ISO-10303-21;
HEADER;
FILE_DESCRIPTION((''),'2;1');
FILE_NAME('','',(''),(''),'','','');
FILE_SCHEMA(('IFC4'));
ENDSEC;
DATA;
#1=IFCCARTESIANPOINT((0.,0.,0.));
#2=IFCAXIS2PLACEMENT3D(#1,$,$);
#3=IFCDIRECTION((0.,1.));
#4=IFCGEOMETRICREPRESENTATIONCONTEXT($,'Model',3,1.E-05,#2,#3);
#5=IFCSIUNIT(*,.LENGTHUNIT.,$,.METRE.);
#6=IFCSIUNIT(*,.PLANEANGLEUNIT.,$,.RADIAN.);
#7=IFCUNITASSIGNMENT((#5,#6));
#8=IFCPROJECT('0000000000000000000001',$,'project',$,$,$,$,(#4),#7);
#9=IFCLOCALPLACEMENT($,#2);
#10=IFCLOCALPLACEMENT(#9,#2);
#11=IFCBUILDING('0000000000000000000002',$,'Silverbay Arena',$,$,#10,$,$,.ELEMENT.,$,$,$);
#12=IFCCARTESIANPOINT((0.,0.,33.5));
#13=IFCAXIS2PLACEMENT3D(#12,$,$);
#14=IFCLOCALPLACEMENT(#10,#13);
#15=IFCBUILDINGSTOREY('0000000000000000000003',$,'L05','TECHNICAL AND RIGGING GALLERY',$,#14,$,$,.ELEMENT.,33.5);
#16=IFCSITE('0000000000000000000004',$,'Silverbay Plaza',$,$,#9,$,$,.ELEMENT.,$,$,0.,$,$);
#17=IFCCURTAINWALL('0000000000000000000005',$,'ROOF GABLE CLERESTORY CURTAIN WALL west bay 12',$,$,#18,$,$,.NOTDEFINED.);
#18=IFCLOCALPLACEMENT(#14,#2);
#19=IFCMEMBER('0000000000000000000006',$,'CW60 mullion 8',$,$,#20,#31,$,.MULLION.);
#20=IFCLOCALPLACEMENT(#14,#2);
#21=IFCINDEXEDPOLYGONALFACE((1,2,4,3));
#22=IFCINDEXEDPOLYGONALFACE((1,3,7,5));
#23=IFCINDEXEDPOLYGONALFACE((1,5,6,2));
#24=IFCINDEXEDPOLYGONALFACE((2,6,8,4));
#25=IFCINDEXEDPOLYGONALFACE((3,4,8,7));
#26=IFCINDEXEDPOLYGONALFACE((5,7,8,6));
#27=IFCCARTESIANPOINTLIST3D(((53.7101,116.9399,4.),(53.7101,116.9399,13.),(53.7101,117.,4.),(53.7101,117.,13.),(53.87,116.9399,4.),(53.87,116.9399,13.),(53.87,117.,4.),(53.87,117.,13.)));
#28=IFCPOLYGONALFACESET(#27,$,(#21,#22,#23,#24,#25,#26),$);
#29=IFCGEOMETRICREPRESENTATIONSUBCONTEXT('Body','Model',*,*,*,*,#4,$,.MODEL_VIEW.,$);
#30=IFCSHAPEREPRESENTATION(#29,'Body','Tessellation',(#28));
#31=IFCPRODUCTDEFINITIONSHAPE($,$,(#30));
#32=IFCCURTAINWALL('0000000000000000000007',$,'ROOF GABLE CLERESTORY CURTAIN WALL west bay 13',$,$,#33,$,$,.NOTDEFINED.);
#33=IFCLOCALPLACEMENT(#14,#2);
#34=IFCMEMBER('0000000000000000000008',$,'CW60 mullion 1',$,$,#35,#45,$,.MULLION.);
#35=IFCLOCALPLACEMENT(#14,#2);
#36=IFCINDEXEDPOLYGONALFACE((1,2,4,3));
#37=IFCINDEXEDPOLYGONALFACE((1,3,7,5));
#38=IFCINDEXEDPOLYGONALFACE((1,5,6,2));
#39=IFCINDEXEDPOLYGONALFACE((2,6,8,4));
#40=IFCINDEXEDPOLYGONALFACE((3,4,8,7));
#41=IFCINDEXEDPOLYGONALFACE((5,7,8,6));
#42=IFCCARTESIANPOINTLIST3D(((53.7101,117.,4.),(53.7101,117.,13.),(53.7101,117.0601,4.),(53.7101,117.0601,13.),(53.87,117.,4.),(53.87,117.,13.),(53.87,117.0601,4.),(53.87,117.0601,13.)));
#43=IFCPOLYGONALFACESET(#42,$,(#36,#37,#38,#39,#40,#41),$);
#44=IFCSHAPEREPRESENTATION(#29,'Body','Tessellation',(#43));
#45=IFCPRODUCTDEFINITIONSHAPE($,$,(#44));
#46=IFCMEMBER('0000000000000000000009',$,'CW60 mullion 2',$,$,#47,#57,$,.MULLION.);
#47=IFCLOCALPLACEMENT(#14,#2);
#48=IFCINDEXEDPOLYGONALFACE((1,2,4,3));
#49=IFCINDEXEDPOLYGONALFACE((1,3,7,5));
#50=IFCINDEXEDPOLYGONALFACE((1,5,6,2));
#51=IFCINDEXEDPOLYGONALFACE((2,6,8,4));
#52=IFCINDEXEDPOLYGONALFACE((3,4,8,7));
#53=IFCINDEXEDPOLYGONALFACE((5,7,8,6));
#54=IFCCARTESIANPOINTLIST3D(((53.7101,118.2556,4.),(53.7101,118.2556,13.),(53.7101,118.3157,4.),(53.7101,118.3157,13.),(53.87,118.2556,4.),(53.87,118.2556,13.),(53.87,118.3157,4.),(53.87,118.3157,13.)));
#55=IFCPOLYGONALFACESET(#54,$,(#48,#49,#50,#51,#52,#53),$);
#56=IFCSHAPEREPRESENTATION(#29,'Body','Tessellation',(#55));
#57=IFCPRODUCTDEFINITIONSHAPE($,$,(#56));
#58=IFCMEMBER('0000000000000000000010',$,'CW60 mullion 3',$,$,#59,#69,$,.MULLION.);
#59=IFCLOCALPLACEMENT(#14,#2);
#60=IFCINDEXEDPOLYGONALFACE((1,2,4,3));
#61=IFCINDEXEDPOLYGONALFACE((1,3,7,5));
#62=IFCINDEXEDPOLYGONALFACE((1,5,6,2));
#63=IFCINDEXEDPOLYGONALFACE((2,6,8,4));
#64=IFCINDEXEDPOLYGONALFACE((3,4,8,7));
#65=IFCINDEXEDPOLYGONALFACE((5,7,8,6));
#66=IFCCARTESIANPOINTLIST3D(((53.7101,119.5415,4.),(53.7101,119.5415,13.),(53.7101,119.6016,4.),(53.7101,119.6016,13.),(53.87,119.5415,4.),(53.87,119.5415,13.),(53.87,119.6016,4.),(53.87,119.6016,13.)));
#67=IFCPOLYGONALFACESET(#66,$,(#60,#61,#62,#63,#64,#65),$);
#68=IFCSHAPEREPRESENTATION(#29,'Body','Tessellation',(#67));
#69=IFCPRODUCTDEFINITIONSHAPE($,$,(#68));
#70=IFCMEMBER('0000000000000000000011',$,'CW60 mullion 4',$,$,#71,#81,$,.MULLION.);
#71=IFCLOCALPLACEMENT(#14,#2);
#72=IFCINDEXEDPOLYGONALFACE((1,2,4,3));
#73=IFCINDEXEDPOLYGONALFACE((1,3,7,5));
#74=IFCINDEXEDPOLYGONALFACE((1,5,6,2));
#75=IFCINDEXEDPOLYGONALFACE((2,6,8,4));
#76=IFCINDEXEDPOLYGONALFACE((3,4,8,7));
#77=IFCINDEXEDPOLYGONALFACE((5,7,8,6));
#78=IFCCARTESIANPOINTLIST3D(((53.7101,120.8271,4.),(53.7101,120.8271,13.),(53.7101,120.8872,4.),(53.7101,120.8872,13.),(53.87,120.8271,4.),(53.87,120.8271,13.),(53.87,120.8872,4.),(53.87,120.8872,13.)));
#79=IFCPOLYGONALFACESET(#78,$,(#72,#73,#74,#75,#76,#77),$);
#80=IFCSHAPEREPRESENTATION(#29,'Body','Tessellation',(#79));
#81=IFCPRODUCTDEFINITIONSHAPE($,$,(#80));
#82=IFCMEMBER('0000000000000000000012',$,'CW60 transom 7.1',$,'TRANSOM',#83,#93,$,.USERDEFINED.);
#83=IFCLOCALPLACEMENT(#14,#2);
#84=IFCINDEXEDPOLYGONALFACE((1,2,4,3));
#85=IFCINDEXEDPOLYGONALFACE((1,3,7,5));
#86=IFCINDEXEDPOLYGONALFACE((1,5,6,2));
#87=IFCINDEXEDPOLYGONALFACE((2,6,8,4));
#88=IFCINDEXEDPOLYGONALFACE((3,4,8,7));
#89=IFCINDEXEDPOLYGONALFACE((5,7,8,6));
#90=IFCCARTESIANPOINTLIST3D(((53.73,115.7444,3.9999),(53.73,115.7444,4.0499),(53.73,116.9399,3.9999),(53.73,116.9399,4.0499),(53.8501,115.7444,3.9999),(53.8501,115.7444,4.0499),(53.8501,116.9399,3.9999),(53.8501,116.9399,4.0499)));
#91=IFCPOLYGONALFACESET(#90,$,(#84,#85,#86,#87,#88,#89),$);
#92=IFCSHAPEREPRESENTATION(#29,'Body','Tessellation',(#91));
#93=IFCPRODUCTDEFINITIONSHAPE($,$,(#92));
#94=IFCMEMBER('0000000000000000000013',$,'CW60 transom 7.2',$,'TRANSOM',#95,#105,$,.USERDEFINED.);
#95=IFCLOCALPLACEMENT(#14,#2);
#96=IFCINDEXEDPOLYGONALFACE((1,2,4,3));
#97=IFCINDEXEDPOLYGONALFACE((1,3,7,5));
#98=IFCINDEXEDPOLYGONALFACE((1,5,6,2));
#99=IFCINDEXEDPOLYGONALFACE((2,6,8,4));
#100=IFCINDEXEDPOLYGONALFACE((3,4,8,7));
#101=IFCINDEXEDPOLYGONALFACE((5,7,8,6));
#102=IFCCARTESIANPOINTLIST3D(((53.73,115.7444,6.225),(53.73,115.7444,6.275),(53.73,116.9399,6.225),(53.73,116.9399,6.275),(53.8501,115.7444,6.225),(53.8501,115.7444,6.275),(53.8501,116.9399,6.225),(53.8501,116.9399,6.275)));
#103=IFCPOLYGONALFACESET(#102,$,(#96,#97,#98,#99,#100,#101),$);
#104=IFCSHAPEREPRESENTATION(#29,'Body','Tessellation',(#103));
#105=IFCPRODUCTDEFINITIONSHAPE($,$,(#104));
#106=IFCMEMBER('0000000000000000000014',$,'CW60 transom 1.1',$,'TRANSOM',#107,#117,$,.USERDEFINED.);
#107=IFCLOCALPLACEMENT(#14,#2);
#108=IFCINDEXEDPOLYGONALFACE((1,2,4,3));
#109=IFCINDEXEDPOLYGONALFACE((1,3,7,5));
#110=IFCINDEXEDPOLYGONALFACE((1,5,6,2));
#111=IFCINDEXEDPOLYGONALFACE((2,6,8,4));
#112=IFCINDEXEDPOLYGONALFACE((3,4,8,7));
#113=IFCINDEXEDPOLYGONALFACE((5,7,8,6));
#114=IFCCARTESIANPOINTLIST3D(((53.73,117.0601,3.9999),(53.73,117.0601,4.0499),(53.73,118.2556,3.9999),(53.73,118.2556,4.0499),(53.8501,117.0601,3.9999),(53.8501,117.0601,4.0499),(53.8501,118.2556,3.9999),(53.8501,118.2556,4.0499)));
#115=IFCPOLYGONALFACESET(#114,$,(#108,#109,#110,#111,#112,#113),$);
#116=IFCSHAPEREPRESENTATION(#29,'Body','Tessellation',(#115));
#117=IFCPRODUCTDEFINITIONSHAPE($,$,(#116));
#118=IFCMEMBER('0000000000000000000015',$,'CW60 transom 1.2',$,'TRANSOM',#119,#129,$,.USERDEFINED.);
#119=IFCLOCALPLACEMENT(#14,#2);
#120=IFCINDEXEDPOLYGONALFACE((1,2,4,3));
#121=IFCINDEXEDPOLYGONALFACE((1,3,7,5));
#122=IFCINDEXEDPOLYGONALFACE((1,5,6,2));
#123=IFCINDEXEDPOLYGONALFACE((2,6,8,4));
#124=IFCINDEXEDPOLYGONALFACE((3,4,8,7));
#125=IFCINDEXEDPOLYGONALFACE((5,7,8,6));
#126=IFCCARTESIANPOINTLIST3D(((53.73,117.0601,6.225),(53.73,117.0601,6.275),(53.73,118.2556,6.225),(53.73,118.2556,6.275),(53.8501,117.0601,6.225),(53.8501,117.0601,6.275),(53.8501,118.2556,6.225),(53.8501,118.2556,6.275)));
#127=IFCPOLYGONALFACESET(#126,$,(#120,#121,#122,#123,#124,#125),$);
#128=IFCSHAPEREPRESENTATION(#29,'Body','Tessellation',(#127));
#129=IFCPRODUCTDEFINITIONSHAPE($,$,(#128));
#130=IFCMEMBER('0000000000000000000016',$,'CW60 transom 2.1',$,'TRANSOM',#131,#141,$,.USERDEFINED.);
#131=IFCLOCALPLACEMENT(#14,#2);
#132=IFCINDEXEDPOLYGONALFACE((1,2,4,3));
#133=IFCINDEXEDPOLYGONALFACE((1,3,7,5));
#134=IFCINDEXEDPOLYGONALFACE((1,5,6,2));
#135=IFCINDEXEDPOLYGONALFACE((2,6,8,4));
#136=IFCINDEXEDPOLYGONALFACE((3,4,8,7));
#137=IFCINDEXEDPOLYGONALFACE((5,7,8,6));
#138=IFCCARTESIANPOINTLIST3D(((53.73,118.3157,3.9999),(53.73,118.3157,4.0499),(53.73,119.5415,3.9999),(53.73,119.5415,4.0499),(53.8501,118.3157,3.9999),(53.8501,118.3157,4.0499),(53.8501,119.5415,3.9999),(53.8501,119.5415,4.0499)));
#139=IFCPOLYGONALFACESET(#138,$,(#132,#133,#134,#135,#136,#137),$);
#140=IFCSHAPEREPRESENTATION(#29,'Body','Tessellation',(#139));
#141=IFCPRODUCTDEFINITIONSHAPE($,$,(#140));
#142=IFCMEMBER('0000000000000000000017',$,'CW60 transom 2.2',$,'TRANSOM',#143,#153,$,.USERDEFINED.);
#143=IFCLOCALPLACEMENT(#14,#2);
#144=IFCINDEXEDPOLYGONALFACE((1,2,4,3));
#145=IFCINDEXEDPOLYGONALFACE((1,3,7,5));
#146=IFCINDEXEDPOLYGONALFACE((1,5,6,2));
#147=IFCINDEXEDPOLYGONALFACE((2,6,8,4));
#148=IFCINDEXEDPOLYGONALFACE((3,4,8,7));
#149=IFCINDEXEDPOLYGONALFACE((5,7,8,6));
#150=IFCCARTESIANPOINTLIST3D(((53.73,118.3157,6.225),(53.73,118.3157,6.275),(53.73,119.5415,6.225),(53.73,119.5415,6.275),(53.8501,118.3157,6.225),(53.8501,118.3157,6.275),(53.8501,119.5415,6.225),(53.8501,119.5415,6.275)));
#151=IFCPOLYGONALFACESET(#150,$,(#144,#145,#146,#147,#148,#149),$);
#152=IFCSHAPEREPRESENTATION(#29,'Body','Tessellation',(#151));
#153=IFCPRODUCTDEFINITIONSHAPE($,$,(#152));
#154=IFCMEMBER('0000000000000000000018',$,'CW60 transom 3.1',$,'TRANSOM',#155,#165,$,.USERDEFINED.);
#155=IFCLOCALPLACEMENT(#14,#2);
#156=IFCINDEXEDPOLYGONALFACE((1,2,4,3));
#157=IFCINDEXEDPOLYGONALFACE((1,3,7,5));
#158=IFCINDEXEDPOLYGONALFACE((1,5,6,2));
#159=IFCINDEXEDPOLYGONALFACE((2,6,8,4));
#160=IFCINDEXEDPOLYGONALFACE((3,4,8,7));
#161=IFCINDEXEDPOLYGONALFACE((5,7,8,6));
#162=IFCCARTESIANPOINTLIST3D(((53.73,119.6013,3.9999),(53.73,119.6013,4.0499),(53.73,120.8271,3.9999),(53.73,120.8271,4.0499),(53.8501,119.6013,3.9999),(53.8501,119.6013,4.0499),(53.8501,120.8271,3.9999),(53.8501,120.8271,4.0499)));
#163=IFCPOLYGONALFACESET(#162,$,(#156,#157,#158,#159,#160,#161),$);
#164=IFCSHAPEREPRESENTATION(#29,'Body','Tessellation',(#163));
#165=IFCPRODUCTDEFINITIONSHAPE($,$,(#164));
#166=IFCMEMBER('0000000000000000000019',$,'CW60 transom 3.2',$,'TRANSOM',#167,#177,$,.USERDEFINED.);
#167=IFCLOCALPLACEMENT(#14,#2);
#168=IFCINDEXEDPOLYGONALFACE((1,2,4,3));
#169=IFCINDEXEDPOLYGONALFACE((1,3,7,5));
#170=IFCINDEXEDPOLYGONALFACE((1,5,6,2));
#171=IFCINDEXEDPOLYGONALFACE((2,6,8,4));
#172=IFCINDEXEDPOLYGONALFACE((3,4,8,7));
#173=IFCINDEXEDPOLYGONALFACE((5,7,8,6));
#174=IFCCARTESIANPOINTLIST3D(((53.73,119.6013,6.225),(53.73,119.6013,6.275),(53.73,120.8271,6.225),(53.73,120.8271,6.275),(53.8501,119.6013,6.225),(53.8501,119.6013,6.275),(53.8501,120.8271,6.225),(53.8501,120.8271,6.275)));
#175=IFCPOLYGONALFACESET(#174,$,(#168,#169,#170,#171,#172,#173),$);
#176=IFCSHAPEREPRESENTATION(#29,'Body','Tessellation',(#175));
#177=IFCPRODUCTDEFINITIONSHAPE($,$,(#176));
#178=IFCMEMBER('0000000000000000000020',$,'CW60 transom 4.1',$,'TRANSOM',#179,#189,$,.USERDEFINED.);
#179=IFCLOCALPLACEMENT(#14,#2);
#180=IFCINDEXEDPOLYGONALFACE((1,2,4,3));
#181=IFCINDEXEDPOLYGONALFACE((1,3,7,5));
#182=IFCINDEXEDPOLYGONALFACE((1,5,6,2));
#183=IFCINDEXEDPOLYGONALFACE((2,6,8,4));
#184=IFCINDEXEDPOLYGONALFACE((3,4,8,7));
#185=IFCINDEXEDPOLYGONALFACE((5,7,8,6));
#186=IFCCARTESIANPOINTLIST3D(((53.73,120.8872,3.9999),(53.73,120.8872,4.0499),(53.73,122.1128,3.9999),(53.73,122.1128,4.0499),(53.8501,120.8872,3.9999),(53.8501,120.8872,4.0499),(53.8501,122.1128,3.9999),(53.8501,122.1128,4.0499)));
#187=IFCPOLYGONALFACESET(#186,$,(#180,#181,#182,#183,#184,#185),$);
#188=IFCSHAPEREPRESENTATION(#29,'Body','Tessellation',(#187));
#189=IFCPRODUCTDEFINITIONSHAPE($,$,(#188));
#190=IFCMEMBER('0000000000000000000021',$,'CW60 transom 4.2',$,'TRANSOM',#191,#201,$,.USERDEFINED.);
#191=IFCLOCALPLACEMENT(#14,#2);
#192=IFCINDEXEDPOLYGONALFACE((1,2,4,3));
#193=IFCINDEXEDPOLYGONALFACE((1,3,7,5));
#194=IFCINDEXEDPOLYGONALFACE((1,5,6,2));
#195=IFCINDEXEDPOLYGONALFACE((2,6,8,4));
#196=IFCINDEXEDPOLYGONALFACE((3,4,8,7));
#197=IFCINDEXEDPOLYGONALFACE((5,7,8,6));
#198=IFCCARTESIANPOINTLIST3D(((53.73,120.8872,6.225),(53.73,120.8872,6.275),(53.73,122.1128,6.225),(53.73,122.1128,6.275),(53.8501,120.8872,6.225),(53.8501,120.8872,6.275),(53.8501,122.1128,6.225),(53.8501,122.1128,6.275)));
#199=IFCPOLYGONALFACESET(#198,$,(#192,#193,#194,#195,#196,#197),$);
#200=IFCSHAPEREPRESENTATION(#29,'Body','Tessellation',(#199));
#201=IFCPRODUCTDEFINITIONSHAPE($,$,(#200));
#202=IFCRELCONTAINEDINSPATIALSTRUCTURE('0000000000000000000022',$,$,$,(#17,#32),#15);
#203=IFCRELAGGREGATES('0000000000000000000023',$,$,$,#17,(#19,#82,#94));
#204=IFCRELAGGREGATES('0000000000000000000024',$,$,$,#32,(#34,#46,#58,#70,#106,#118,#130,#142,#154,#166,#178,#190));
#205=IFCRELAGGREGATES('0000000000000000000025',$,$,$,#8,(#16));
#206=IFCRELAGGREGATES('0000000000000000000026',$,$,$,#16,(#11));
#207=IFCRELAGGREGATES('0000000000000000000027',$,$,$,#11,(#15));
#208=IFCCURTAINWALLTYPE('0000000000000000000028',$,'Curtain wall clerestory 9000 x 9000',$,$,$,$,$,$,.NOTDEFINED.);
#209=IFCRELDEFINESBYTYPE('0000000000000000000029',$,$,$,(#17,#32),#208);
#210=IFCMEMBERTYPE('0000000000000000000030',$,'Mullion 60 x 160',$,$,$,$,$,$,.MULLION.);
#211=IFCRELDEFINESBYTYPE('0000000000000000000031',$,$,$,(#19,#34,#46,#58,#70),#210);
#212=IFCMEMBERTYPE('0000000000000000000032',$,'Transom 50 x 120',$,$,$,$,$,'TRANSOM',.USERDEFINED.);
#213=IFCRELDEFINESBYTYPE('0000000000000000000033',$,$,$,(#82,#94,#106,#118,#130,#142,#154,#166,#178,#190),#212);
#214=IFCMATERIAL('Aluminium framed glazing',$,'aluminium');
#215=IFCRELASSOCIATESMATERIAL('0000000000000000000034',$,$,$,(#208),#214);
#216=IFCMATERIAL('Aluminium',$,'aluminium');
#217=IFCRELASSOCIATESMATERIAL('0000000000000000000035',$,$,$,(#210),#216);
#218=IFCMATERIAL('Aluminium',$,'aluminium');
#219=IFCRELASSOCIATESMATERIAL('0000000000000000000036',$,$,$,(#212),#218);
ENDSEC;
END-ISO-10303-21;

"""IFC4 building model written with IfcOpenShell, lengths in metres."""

from ifc_helpers import new_model, si_unit, direction, frame, origin, origin_2d, place, context, subcontext, project, spatial, rectangle, extrude, material, material_profile, profile_set, type_object, element, aggregate, save


model = new_model("IFC4")

# Units and contexts
model_context = context("Model", 3, precision=1e-05, world=origin(), true_north=direction((0.0, 1.0)))
body_context = subcontext(model_context, "Body", "Model", "MODEL_VIEW")
ifc_project = project(units=[si_unit("LENGTHUNIT", "METRE"), si_unit("PLANEANGLEUNIT", "RADIAN")], contexts=[model_context])

# Site, building, storey
site_placement = place(None, origin())
site = spatial("IfcSite", under=ifc_project, at=site_placement, Name="Silverbay Plaza", CompositionType="ELEMENT", RefElevation=0.0)
building_placement = place(site_placement, origin())
building = spatial("IfcBuilding", under=site, at=building_placement, Name="Silverbay Arena", CompositionType="ELEMENT")
storey_placement = place(building_placement, frame((0.0, 0.0, 33.5)))
storey = spatial("IfcBuildingStorey", under=building, at=storey_placement, Name="L05", Description="TECHNICAL AND RIGGING GALLERY", CompositionType="ELEMENT", Elevation=33.5)

# Curtain wall, member
ifc_material_1 = material(Name="Aluminium framed glazing", Category="aluminium")
curtain_wall_type = type_object("IfcCurtainWallType", Name="Curtain wall clerestory 9000 x 9000", PredefinedType="NOTDEFINED", material=ifc_material_1)
curtain_wall_1_placement = place(storey_placement, origin())
curtain_wall_1 = element("IfcCurtainWall", 1, at=curtain_wall_1_placement, inside=storey, type_object=curtain_wall_type, Name="ROOF GABLE CLERESTORY CURTAIN WALL west bay 12", PredefinedType="NOTDEFINED")
ifc_material_2 = material(Name="Aluminium", Category="aluminium")
ifc_material_profile_1 = material_profile(ifc_material_2, rectangle(XDim=0.1599, YDim=0.0601, at=origin_2d()), Name="Mullion 60 x 160")
ifc_profile_set_1 = profile_set([ifc_material_profile_1], Name="Aluminium")
member_type_1 = type_object("IfcMemberType", Name="Mullion 60 x 160", PredefinedType="MULLION", material=ifc_profile_set_1)
member_1_placement = place(storey_placement, frame((53.79, 116.97, 4.0), z_axis=(0.0, 0.0, 1.0), x_axis=(-1.0, 0.0, 0.0)))
member_1 = element("IfcMember", 2, at=member_1_placement, type_object=member_type_1, Name="CW60 mullion 8", PredefinedType="MULLION", context=body_context, shape_type="SweptSolid", body=[
    extrude(rectangle(XDim=0.1599, YDim=0.0601, at=origin_2d()), origin(), (0.0, 0.0, 1.0), 9.0),
])

# Curtain wall, members
curtain_wall_2_placement = place(storey_placement, origin())
curtain_wall_2 = element("IfcCurtainWall", 3, at=curtain_wall_2_placement, inside=storey, type_object=curtain_wall_type, Name="ROOF GABLE CLERESTORY CURTAIN WALL west bay 13", PredefinedType="NOTDEFINED")
member_2_placement = place(storey_placement, frame((53.79, 117.03, 4.0), z_axis=(0.0, 0.0, 1.0), x_axis=(-1.0, 0.0, 0.0)))
member_2 = element("IfcMember", 4, at=member_2_placement, type_object=member_type_1, Name="CW60 mullion 1", PredefinedType="MULLION", context=body_context, shape_type="SweptSolid", body=[
    extrude(rectangle(XDim=0.1599, YDim=0.0601, at=origin_2d()), origin(), (0.0, 0.0, 1.0), 9.0),
])
member_3_placement = place(storey_placement, frame((53.79, 118.2856, 4.0), z_axis=(0.0, 0.0, 1.0), x_axis=(-1.0, 0.0, 0.0)))
member_3 = element("IfcMember", 5, at=member_3_placement, type_object=member_type_1, Name="CW60 mullion 2", PredefinedType="MULLION", context=body_context, shape_type="SweptSolid", body=[
    extrude(rectangle(XDim=0.1599, YDim=0.0601, at=origin_2d()), origin(), (0.0, 0.0, 1.0), 9.0),
])
member_4_placement = place(storey_placement, frame((53.79, 119.5715, 4.0), z_axis=(0.0, 0.0, 1.0), x_axis=(-1.0, 0.0, 0.0)))
member_4 = element("IfcMember", 6, at=member_4_placement, type_object=member_type_1, Name="CW60 mullion 3", PredefinedType="MULLION", context=body_context, shape_type="SweptSolid", body=[
    extrude(rectangle(XDim=0.1599, YDim=0.0601, at=origin_2d()), origin(), (0.0, 0.0, 1.0), 9.0),
])
member_5_placement = place(storey_placement, frame((53.79, 120.8572, 4.0), z_axis=(0.0, 0.0, 1.0), x_axis=(-1.0, 0.0, 0.0)))
member_5 = element("IfcMember", 7, at=member_5_placement, type_object=member_type_1, Name="CW60 mullion 4", PredefinedType="MULLION", context=body_context, shape_type="SweptSolid", body=[
    extrude(rectangle(XDim=0.1599, YDim=0.0601, at=origin_2d()), origin(), (0.0, 0.0, 1.0), 9.0),
])

# Members
ifc_material_3 = material(Name="Aluminium", Category="aluminium")
ifc_material_profile_2 = material_profile(ifc_material_3, rectangle(XDim=0.1201, YDim=0.05, at=origin_2d()), Name="Transom 50 x 120")
ifc_profile_set_2 = profile_set([ifc_material_profile_2], Name="Aluminium")
member_type_2 = type_object("IfcMemberType", Name="Transom 50 x 120", ElementType="TRANSOM", PredefinedType="USERDEFINED", material=ifc_profile_set_2)
member_6_placement = place(storey_placement, frame((53.79, 115.7444, 4.0249), z_axis=(0.0, 1.0, 0.0), x_axis=(-1.0, 0.0, 0.0)))
member_6 = element("IfcMember", 8, at=member_6_placement, type_object=member_type_2, Name="CW60 transom 7.1", ObjectType="TRANSOM", PredefinedType="USERDEFINED", context=body_context, shape_type="SweptSolid", body=[
    extrude(rectangle(XDim=0.1201, YDim=0.05, at=origin_2d()), origin(), (0.0, 0.0, 1.0), 1.1956),
])
member_7_placement = place(storey_placement, frame((53.79, 115.7444, 6.25), z_axis=(0.0, 1.0, 0.0), x_axis=(-1.0, 0.0, 0.0)))
member_7 = element("IfcMember", 9, at=member_7_placement, type_object=member_type_2, Name="CW60 transom 7.2", ObjectType="TRANSOM", PredefinedType="USERDEFINED", context=body_context, shape_type="SweptSolid", body=[
    extrude(rectangle(XDim=0.1201, YDim=0.05, at=origin_2d()), origin(), (0.0, 0.0, 1.0), 1.1956),
])
member_8_placement = place(storey_placement, frame((53.79, 117.0601, 4.0249), z_axis=(0.0, 1.0, 0.0), x_axis=(-1.0, 0.0, 0.0)))
member_8 = element("IfcMember", 10, at=member_8_placement, type_object=member_type_2, Name="CW60 transom 1.1", ObjectType="TRANSOM", PredefinedType="USERDEFINED", context=body_context, shape_type="SweptSolid", body=[
    extrude(rectangle(XDim=0.1201, YDim=0.05, at=origin_2d()), origin(), (0.0, 0.0, 1.0), 1.1956),
])
member_9_placement = place(storey_placement, frame((53.79, 117.0601, 6.25), z_axis=(0.0, 1.0, 0.0), x_axis=(-1.0, 0.0, 0.0)))
member_9 = element("IfcMember", 11, at=member_9_placement, type_object=member_type_2, Name="CW60 transom 1.2", ObjectType="TRANSOM", PredefinedType="USERDEFINED", context=body_context, shape_type="SweptSolid", body=[
    extrude(rectangle(XDim=0.1201, YDim=0.05, at=origin_2d()), origin(), (0.0, 0.0, 1.0), 1.1956),
])
member_10_placement = place(storey_placement, frame((53.79, 118.3157, 4.0249), z_axis=(0.0, 1.0, 0.0), x_axis=(-1.0, 0.0, 0.0)))
member_10 = element("IfcMember", 12, at=member_10_placement, type_object=member_type_2, Name="CW60 transom 2.1", ObjectType="TRANSOM", PredefinedType="USERDEFINED", context=body_context, shape_type="SweptSolid", body=[
    extrude(rectangle(XDim=0.1201, YDim=0.05, at=origin_2d()), origin(), (0.0, 0.0, 1.0), 1.2258),
])
member_11_placement = place(storey_placement, frame((53.79, 118.3157, 6.25), z_axis=(0.0, 1.0, 0.0), x_axis=(-1.0, 0.0, 0.0)))
member_11 = element("IfcMember", 13, at=member_11_placement, type_object=member_type_2, Name="CW60 transom 2.2", ObjectType="TRANSOM", PredefinedType="USERDEFINED", context=body_context, shape_type="SweptSolid", body=[
    extrude(rectangle(XDim=0.1201, YDim=0.05, at=origin_2d()), origin(), (0.0, 0.0, 1.0), 1.2258),
])
member_12_placement = place(storey_placement, frame((53.79, 119.6013, 4.0249), z_axis=(0.0, 1.0, 0.0), x_axis=(-1.0, 0.0, 0.0)))
member_12 = element("IfcMember", 14, at=member_12_placement, type_object=member_type_2, Name="CW60 transom 3.1", ObjectType="TRANSOM", PredefinedType="USERDEFINED", context=body_context, shape_type="SweptSolid", body=[
    extrude(rectangle(XDim=0.1201, YDim=0.05, at=origin_2d()), origin(), (0.0, 0.0, 1.0), 1.2258),
])
member_13_placement = place(storey_placement, frame((53.79, 119.6013, 6.25), z_axis=(0.0, 1.0, 0.0), x_axis=(-1.0, 0.0, 0.0)))
member_13 = element("IfcMember", 15, at=member_13_placement, type_object=member_type_2, Name="CW60 transom 3.2", ObjectType="TRANSOM", PredefinedType="USERDEFINED", context=body_context, shape_type="SweptSolid", body=[
    extrude(rectangle(XDim=0.1201, YDim=0.05, at=origin_2d()), origin(), (0.0, 0.0, 1.0), 1.2258),
])
member_14_placement = place(storey_placement, frame((53.79, 120.8872, 4.0249), z_axis=(0.0, 1.0, 0.0), x_axis=(-1.0, 0.0, 0.0)))
member_14 = element("IfcMember", 16, at=member_14_placement, type_object=member_type_2, Name="CW60 transom 4.1", ObjectType="TRANSOM", PredefinedType="USERDEFINED", context=body_context, shape_type="SweptSolid", body=[
    extrude(rectangle(XDim=0.1201, YDim=0.05, at=origin_2d()), origin(), (0.0, 0.0, 1.0), 1.2256),
])
member_15_placement = place(storey_placement, frame((53.79, 120.8872, 6.25), z_axis=(0.0, 1.0, 0.0), x_axis=(-1.0, 0.0, 0.0)))
member_15 = element("IfcMember", 17, at=member_15_placement, type_object=member_type_2, Name="CW60 transom 4.2", ObjectType="TRANSOM", PredefinedType="USERDEFINED", context=body_context, shape_type="SweptSolid", body=[
    extrude(rectangle(XDim=0.1201, YDim=0.05, at=origin_2d()), origin(), (0.0, 0.0, 1.0), 1.2256),
])

aggregate(curtain_wall_1, [member_1, member_6, member_7])
aggregate(curtain_wall_2, [member_2, member_3, member_4, member_5, member_8, member_9, member_10, member_11, member_12, member_13, member_14, member_15])

save(model, "model.ifc")
